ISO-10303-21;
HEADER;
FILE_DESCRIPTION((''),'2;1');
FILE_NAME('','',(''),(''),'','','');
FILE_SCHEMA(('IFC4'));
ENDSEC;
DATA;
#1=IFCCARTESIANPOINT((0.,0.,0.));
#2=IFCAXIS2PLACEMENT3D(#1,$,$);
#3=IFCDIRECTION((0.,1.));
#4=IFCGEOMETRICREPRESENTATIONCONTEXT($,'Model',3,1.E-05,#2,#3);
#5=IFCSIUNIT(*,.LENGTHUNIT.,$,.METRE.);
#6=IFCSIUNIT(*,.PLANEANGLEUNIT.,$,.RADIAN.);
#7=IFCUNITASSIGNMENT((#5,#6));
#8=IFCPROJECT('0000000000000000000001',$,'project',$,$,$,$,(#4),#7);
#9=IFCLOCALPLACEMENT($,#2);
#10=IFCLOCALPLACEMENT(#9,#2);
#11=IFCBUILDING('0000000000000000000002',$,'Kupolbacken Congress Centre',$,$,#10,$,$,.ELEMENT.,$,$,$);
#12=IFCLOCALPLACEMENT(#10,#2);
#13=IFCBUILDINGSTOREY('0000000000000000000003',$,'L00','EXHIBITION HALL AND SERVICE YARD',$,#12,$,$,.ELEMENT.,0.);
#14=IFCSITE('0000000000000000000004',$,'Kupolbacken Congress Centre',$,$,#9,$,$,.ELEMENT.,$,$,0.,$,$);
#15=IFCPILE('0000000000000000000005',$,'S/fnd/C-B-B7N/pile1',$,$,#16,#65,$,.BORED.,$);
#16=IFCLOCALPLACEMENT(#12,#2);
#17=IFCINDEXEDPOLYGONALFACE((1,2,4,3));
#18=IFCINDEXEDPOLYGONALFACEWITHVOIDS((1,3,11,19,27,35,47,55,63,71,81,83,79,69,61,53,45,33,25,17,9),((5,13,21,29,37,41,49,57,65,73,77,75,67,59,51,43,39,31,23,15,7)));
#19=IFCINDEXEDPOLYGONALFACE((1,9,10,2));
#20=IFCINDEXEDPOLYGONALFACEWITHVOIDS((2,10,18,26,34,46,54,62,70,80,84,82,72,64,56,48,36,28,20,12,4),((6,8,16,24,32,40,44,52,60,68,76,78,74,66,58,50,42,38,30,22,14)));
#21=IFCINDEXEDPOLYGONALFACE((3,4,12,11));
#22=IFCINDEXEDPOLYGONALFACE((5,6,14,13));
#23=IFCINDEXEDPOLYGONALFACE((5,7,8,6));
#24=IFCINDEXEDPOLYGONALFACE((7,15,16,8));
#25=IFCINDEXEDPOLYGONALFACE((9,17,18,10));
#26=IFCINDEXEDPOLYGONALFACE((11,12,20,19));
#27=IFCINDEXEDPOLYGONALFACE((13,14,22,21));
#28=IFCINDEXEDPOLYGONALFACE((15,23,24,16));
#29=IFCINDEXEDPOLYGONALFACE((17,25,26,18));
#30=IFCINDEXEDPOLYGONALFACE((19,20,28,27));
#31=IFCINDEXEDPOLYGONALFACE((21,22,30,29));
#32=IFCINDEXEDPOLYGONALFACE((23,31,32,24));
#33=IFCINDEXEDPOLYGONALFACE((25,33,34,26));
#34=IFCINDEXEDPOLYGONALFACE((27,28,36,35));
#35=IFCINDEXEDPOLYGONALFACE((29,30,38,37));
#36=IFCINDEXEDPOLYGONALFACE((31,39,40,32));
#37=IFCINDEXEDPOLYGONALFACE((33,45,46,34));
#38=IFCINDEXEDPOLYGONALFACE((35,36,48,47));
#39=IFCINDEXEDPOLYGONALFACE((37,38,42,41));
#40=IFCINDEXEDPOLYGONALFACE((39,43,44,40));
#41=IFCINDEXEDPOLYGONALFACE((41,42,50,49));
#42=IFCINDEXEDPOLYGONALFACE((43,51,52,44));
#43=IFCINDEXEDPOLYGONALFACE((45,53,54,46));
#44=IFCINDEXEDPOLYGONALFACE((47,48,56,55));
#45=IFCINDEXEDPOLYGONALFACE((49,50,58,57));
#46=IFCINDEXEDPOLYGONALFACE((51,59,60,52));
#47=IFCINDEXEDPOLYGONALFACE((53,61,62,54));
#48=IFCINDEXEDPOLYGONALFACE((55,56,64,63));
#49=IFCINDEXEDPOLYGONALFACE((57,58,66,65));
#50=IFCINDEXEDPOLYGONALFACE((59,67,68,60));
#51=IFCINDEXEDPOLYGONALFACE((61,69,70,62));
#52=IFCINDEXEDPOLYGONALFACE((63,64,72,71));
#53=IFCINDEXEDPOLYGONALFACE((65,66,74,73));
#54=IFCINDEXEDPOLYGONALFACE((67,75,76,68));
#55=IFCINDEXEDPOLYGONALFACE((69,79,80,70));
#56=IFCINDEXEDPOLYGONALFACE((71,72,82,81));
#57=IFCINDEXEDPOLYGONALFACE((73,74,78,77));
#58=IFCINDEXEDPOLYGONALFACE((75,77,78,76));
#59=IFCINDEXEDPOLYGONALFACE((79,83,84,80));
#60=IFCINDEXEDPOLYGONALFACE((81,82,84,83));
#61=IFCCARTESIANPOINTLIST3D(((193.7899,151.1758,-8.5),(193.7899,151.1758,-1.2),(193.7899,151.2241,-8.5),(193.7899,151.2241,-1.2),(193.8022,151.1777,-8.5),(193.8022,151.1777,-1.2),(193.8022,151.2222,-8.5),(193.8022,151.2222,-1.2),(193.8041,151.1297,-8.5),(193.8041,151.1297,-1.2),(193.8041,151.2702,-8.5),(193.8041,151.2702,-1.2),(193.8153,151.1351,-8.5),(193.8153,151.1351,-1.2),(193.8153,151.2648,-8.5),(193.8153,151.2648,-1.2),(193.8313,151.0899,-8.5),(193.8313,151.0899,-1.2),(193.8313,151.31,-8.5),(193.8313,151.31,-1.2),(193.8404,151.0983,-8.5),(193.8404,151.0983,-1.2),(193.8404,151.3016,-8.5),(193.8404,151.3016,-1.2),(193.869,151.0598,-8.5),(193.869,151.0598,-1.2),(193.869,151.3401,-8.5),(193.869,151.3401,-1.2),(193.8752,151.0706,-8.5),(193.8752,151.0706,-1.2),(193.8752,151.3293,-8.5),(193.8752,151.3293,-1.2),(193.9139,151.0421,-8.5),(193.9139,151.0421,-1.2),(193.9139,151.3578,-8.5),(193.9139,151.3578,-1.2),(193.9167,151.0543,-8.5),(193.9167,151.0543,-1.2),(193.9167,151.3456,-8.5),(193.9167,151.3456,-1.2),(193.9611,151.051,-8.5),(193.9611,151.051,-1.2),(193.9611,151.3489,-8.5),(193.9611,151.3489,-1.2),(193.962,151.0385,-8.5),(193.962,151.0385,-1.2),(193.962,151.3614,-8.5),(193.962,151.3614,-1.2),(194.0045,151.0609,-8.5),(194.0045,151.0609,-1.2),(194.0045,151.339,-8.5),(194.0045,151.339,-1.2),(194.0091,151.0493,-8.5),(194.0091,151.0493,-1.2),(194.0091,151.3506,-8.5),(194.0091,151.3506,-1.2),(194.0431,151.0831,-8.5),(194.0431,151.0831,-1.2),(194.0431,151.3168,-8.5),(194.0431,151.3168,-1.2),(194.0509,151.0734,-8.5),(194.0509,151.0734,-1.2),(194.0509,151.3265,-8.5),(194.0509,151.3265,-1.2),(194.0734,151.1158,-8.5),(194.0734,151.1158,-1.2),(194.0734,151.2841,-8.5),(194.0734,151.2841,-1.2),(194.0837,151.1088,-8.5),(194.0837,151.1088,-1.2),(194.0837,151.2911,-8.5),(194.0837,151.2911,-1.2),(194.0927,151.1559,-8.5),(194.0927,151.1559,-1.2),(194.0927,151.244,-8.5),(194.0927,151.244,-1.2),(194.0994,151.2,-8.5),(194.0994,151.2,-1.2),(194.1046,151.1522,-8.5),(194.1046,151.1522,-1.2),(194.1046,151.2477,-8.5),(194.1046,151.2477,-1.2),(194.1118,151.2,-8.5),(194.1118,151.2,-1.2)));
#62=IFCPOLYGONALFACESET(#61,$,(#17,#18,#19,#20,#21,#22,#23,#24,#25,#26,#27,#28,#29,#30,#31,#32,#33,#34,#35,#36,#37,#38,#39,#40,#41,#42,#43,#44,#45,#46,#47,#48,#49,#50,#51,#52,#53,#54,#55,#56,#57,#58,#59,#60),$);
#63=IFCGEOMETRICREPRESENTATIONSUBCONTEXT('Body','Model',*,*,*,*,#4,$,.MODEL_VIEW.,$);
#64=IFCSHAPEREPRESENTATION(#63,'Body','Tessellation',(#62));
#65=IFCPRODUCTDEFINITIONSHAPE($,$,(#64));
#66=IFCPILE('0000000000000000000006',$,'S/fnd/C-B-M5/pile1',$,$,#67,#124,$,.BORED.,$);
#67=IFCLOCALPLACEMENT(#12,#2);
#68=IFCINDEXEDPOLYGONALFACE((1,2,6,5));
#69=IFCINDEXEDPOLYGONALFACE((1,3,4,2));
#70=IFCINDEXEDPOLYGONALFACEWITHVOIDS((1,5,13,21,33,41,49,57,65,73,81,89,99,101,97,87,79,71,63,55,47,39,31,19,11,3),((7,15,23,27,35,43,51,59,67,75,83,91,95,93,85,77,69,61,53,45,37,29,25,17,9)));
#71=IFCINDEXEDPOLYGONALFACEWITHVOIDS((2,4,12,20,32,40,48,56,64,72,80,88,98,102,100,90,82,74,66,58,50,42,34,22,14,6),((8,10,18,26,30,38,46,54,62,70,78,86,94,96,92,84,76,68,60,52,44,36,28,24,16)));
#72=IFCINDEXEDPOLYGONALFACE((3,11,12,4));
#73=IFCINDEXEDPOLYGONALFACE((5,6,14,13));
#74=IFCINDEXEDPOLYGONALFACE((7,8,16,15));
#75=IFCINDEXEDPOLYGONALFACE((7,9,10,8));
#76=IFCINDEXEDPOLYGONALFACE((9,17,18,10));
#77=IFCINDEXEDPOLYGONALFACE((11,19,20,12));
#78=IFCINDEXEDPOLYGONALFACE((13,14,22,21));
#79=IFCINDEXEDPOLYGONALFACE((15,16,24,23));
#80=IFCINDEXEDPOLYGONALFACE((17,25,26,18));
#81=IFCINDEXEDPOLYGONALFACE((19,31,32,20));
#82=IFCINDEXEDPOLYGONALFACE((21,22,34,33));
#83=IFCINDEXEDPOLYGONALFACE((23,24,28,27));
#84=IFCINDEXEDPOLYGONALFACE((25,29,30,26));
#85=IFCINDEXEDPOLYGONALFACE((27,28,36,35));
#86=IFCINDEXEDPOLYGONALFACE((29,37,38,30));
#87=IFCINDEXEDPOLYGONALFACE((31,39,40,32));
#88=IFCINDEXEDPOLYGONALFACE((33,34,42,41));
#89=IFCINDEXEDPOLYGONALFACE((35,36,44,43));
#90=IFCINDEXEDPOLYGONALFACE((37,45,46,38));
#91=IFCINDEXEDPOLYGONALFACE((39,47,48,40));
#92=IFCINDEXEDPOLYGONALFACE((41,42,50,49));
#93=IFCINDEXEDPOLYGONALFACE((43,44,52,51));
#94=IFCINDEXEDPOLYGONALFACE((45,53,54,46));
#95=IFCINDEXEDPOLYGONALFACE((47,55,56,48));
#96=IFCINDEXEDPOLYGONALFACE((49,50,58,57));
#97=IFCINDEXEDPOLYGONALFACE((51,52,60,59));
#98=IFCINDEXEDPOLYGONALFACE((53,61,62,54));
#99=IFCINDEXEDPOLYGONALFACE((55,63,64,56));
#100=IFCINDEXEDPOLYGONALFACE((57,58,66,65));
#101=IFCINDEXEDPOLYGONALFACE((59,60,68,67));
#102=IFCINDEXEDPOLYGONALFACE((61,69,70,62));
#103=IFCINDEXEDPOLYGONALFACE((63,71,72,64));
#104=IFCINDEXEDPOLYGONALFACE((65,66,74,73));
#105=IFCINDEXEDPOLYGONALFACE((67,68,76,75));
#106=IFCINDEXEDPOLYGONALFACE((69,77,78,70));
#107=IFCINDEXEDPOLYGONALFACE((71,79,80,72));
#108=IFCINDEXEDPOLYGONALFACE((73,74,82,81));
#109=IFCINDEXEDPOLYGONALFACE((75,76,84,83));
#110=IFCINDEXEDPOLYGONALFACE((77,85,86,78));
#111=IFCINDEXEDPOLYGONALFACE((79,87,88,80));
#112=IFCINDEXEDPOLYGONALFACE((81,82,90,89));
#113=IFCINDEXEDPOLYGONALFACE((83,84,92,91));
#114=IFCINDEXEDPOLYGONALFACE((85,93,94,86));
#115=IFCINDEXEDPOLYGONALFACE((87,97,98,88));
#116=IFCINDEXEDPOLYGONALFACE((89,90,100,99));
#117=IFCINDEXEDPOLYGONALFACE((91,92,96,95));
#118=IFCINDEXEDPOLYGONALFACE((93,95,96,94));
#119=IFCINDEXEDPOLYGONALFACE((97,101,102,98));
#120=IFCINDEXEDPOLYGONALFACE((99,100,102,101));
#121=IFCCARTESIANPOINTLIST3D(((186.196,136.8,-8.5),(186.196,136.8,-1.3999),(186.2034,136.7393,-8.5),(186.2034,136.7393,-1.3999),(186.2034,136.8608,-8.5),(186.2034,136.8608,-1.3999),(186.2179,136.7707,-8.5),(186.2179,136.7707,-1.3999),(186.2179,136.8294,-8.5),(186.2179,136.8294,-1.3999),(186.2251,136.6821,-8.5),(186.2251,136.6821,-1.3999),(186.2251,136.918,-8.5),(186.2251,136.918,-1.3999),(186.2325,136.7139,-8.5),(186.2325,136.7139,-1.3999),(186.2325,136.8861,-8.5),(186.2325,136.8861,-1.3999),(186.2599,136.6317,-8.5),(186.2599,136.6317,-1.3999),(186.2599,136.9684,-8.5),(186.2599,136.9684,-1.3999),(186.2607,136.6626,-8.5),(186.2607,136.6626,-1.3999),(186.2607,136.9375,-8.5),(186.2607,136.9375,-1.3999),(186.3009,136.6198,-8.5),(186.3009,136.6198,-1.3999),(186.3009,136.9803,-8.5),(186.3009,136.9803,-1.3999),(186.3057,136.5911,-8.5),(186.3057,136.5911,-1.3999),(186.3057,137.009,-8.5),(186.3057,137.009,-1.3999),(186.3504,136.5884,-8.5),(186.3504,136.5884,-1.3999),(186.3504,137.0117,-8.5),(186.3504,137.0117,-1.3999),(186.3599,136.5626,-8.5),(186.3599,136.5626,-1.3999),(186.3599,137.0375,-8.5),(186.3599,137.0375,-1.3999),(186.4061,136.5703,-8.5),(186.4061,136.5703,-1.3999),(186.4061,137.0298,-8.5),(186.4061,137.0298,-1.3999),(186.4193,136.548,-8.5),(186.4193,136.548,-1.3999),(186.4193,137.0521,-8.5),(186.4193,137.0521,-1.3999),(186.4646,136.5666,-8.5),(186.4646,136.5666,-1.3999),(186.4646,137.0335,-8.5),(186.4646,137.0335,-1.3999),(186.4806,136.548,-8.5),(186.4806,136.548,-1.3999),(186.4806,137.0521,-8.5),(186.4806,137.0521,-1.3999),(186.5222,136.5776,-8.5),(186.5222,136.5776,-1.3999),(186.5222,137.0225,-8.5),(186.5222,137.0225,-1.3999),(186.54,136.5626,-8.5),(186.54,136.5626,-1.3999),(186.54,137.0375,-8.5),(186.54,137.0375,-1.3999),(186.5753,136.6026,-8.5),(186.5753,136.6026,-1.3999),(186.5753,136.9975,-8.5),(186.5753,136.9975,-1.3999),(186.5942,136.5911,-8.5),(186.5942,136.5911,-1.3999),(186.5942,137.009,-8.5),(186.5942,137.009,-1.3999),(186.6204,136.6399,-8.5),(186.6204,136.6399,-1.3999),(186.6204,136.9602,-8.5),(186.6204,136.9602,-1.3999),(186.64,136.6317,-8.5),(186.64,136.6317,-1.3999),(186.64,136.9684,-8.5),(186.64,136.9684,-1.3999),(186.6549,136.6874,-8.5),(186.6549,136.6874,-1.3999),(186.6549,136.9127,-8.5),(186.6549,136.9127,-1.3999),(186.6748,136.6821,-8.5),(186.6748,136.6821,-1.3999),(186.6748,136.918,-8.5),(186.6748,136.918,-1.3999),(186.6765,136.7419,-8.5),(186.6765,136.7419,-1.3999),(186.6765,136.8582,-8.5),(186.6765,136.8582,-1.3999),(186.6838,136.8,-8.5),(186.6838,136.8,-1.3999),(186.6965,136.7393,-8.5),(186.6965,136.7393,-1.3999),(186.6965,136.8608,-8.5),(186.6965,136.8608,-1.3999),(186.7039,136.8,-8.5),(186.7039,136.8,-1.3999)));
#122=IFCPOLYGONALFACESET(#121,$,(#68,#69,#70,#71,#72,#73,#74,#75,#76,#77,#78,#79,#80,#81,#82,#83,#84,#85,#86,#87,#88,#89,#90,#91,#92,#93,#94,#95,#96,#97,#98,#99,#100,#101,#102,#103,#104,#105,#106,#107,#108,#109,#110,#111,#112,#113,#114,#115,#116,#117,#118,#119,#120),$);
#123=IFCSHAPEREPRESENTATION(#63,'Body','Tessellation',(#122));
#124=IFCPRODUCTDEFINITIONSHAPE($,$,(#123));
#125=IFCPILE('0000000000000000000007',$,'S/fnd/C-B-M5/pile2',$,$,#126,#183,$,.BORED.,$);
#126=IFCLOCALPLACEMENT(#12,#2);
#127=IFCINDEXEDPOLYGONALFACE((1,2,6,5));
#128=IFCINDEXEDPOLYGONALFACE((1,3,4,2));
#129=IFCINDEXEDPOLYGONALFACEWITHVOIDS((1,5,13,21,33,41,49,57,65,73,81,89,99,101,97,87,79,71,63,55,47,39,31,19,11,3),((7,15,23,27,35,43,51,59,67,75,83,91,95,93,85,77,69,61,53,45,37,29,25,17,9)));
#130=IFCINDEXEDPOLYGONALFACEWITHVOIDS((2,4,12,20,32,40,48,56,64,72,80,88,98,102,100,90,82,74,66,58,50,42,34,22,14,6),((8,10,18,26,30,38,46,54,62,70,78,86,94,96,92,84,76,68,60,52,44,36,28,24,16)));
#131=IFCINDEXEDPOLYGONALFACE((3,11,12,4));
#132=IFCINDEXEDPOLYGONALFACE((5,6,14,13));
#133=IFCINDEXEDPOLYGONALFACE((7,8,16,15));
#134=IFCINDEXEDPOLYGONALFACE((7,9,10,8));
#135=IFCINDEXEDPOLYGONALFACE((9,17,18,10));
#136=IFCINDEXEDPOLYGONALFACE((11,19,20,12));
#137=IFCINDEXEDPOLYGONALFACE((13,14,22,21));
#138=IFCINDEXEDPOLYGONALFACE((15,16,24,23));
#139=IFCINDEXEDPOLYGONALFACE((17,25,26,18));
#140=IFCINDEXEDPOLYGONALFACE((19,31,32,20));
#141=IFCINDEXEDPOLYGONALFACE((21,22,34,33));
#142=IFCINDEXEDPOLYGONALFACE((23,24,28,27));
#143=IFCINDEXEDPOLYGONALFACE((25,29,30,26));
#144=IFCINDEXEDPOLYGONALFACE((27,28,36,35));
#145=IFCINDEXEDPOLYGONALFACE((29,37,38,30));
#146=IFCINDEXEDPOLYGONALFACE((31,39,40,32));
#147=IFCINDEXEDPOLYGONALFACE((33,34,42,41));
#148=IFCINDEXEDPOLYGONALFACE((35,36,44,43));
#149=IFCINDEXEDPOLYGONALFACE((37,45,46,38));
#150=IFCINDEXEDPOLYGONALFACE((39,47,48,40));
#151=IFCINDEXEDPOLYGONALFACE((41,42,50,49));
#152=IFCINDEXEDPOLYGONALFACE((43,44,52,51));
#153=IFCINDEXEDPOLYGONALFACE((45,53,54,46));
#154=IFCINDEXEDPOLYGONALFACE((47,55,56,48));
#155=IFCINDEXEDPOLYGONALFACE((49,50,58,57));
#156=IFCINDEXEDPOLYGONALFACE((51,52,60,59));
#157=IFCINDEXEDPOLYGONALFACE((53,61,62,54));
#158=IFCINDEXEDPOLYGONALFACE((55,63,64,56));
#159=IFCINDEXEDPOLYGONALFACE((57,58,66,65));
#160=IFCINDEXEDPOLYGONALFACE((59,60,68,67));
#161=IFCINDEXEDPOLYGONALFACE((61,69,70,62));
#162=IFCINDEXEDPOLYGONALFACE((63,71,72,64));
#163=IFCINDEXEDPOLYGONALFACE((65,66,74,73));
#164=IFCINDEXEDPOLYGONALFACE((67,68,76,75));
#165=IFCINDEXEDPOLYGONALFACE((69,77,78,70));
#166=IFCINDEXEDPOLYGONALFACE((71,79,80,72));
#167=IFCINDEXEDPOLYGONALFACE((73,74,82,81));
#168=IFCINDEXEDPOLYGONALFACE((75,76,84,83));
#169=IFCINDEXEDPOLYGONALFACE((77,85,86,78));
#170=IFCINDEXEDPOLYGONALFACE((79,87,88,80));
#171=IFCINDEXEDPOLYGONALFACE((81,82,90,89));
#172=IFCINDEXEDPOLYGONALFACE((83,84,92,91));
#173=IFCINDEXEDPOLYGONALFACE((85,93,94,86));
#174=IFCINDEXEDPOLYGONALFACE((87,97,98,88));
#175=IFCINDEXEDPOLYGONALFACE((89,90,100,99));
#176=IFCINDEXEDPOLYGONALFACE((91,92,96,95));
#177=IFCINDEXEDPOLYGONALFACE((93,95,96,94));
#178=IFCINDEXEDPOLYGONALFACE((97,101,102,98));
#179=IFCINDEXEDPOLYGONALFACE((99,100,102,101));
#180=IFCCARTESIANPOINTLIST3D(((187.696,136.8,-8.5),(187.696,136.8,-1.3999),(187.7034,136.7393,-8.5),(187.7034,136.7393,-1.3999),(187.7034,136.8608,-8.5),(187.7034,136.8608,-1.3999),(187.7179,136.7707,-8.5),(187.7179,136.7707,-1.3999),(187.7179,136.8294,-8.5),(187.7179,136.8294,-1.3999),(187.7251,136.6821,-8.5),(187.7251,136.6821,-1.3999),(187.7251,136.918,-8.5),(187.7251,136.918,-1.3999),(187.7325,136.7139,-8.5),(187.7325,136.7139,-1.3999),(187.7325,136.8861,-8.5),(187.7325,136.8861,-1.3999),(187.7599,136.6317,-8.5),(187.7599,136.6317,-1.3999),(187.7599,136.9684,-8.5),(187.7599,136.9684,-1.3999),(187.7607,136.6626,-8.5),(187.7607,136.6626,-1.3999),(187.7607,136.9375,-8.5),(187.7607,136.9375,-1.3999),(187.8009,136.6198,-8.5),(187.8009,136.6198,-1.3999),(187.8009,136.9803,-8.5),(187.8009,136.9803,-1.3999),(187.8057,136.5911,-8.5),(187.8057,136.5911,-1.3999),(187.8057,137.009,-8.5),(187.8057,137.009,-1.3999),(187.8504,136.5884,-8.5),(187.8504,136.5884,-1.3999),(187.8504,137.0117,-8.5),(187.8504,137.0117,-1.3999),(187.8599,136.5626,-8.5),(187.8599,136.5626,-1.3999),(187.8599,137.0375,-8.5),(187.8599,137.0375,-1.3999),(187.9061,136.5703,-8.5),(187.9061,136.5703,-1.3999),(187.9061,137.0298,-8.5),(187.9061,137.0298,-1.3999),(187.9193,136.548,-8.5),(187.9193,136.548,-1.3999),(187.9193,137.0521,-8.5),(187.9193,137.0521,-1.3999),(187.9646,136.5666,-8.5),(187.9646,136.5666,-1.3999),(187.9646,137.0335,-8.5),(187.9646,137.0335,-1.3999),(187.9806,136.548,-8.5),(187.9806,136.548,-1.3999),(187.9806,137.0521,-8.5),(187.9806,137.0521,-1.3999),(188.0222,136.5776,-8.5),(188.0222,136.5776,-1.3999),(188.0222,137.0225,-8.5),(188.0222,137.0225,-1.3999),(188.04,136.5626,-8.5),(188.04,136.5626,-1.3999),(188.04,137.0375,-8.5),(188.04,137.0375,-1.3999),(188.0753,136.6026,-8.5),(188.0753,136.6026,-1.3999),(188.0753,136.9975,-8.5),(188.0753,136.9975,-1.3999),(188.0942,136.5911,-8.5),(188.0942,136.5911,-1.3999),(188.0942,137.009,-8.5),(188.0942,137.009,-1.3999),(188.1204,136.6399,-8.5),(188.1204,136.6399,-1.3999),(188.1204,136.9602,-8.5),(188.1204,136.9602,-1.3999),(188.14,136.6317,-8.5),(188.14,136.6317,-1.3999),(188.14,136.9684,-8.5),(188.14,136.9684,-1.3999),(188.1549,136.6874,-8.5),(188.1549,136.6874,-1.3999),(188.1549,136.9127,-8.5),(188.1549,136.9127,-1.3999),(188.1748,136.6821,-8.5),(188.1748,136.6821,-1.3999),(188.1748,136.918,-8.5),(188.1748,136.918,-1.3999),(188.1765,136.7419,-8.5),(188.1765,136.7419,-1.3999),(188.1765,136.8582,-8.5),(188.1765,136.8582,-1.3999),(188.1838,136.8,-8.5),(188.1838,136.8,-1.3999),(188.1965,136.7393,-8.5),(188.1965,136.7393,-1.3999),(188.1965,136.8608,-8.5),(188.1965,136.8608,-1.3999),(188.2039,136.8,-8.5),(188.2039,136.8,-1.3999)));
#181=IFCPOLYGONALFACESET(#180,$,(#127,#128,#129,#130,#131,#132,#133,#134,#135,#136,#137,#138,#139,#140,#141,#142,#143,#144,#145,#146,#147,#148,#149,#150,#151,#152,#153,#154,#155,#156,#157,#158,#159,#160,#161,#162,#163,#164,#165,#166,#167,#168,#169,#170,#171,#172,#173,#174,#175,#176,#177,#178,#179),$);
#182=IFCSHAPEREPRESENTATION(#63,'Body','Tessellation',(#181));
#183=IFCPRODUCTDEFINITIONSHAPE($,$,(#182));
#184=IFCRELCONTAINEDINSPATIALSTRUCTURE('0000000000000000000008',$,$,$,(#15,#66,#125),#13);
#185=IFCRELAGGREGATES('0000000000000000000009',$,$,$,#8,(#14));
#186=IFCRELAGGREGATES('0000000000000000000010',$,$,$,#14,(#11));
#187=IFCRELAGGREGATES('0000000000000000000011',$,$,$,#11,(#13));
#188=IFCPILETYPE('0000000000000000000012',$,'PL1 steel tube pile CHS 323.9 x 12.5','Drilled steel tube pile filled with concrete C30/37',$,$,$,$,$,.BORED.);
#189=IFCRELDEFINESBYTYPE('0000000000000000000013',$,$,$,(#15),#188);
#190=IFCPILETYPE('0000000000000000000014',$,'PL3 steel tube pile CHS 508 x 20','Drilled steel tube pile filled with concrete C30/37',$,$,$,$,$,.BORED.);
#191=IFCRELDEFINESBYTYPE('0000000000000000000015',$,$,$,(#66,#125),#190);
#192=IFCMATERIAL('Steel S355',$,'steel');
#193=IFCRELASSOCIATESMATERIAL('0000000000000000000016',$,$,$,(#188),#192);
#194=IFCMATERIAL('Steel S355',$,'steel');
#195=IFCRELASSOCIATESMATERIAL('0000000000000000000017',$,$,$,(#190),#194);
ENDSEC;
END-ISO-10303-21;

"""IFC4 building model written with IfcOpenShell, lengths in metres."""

from ifc_helpers import new_model, si_unit, direction, frame, origin, origin_2d, place, context, subcontext, project, spatial, hollow_circle, extrude, material, material_profile, profile_set, type_object, element, save


model = new_model("IFC4")

# Units and contexts
model_context = context("Model", 3, precision=1e-05, world=origin(), true_north=direction((0.0, 1.0)))
body_context = subcontext(model_context, "Body", "Model", "MODEL_VIEW")
ifc_project = project(units=[si_unit("LENGTHUNIT", "METRE"), si_unit("PLANEANGLEUNIT", "RADIAN")], contexts=[model_context])

# Site, building, storey
site_placement = place(None, origin())
site = spatial("IfcSite", under=ifc_project, at=site_placement, Name="Kupolbacken Congress Centre", CompositionType="ELEMENT", RefElevation=0.0)
building_placement = place(site_placement, origin())
building = spatial("IfcBuilding", under=site, at=building_placement, Name="Kupolbacken Congress Centre", CompositionType="ELEMENT")
storey_placement = place(building_placement, origin())
storey = spatial("IfcBuildingStorey", under=building, at=storey_placement, Name="L00", Description="EXHIBITION HALL AND SERVICE YARD", CompositionType="ELEMENT", Elevation=0.0)

# Piles
ifc_material_1 = material(Name="Steel S355", Category="steel")
ifc_material_profile_1 = material_profile(ifc_material_1, hollow_circle(Radius=0.1619, WallThickness=0.0125, at=origin_2d()), Name="CHS 323.9 x 12.5")
ifc_profile_set_1 = profile_set([ifc_material_profile_1], Name="Steel S355")
pile_type_1 = type_object("IfcPileType", Name="PL1 steel tube pile CHS 323.9 x 12.5", Description="Drilled steel tube pile filled with concrete C30/37", PredefinedType="BORED", material=ifc_profile_set_1)
for number, where, z_axis, x_axis, name in (
    (1, (193.95, 151.2, -1.2), (0.0, 0.0, -1.0), (1.0, 0.0, 0.0), "S/fnd/C-B-B7N/pile1"),
):
    element("IfcPile", number, at=place(storey_placement, frame(where, z_axis=z_axis, x_axis=x_axis)), inside=storey, type_object=pile_type_1, Name=name, PredefinedType="BORED", context=body_context, shape_type="SweptSolid", body=[
        extrude(hollow_circle(Radius=0.1619, WallThickness=0.0125, at=origin_2d()), origin(), (0.0, 0.0, 1.0), 7.3),
    ])
ifc_material_2 = material(Name="Steel S355", Category="steel")
ifc_material_profile_2 = material_profile(ifc_material_2, hollow_circle(Radius=0.2539, WallThickness=0.02, at=origin_2d()), Name="CHS 508 x 20")
ifc_profile_set_2 = profile_set([ifc_material_profile_2], Name="Steel S355")
pile_type_2 = type_object("IfcPileType", Name="PL3 steel tube pile CHS 508 x 20", Description="Drilled steel tube pile filled with concrete C30/37", PredefinedType="BORED", material=ifc_profile_set_2)
for number, where, z_axis, x_axis, name in (
    (2, (186.45, 136.8, -1.3999), (0.0, 0.0, -1.0), (1.0, 0.0, 0.0), "S/fnd/C-B-M5/pile1"),
    (3, (187.95, 136.8, -1.3999), (0.0, 0.0, -1.0), (1.0, 0.0, 0.0), "S/fnd/C-B-M5/pile2"),
):
    element("IfcPile", number, at=place(storey_placement, frame(where, z_axis=z_axis, x_axis=x_axis)), inside=storey, type_object=pile_type_2, Name=name, PredefinedType="BORED", context=body_context, shape_type="SweptSolid", body=[
        extrude(hollow_circle(Radius=0.2539, WallThickness=0.02, at=origin_2d()), origin(), (0.0, 0.0, 1.0), 7.1001),
    ])

save(model, "model.ifc")
